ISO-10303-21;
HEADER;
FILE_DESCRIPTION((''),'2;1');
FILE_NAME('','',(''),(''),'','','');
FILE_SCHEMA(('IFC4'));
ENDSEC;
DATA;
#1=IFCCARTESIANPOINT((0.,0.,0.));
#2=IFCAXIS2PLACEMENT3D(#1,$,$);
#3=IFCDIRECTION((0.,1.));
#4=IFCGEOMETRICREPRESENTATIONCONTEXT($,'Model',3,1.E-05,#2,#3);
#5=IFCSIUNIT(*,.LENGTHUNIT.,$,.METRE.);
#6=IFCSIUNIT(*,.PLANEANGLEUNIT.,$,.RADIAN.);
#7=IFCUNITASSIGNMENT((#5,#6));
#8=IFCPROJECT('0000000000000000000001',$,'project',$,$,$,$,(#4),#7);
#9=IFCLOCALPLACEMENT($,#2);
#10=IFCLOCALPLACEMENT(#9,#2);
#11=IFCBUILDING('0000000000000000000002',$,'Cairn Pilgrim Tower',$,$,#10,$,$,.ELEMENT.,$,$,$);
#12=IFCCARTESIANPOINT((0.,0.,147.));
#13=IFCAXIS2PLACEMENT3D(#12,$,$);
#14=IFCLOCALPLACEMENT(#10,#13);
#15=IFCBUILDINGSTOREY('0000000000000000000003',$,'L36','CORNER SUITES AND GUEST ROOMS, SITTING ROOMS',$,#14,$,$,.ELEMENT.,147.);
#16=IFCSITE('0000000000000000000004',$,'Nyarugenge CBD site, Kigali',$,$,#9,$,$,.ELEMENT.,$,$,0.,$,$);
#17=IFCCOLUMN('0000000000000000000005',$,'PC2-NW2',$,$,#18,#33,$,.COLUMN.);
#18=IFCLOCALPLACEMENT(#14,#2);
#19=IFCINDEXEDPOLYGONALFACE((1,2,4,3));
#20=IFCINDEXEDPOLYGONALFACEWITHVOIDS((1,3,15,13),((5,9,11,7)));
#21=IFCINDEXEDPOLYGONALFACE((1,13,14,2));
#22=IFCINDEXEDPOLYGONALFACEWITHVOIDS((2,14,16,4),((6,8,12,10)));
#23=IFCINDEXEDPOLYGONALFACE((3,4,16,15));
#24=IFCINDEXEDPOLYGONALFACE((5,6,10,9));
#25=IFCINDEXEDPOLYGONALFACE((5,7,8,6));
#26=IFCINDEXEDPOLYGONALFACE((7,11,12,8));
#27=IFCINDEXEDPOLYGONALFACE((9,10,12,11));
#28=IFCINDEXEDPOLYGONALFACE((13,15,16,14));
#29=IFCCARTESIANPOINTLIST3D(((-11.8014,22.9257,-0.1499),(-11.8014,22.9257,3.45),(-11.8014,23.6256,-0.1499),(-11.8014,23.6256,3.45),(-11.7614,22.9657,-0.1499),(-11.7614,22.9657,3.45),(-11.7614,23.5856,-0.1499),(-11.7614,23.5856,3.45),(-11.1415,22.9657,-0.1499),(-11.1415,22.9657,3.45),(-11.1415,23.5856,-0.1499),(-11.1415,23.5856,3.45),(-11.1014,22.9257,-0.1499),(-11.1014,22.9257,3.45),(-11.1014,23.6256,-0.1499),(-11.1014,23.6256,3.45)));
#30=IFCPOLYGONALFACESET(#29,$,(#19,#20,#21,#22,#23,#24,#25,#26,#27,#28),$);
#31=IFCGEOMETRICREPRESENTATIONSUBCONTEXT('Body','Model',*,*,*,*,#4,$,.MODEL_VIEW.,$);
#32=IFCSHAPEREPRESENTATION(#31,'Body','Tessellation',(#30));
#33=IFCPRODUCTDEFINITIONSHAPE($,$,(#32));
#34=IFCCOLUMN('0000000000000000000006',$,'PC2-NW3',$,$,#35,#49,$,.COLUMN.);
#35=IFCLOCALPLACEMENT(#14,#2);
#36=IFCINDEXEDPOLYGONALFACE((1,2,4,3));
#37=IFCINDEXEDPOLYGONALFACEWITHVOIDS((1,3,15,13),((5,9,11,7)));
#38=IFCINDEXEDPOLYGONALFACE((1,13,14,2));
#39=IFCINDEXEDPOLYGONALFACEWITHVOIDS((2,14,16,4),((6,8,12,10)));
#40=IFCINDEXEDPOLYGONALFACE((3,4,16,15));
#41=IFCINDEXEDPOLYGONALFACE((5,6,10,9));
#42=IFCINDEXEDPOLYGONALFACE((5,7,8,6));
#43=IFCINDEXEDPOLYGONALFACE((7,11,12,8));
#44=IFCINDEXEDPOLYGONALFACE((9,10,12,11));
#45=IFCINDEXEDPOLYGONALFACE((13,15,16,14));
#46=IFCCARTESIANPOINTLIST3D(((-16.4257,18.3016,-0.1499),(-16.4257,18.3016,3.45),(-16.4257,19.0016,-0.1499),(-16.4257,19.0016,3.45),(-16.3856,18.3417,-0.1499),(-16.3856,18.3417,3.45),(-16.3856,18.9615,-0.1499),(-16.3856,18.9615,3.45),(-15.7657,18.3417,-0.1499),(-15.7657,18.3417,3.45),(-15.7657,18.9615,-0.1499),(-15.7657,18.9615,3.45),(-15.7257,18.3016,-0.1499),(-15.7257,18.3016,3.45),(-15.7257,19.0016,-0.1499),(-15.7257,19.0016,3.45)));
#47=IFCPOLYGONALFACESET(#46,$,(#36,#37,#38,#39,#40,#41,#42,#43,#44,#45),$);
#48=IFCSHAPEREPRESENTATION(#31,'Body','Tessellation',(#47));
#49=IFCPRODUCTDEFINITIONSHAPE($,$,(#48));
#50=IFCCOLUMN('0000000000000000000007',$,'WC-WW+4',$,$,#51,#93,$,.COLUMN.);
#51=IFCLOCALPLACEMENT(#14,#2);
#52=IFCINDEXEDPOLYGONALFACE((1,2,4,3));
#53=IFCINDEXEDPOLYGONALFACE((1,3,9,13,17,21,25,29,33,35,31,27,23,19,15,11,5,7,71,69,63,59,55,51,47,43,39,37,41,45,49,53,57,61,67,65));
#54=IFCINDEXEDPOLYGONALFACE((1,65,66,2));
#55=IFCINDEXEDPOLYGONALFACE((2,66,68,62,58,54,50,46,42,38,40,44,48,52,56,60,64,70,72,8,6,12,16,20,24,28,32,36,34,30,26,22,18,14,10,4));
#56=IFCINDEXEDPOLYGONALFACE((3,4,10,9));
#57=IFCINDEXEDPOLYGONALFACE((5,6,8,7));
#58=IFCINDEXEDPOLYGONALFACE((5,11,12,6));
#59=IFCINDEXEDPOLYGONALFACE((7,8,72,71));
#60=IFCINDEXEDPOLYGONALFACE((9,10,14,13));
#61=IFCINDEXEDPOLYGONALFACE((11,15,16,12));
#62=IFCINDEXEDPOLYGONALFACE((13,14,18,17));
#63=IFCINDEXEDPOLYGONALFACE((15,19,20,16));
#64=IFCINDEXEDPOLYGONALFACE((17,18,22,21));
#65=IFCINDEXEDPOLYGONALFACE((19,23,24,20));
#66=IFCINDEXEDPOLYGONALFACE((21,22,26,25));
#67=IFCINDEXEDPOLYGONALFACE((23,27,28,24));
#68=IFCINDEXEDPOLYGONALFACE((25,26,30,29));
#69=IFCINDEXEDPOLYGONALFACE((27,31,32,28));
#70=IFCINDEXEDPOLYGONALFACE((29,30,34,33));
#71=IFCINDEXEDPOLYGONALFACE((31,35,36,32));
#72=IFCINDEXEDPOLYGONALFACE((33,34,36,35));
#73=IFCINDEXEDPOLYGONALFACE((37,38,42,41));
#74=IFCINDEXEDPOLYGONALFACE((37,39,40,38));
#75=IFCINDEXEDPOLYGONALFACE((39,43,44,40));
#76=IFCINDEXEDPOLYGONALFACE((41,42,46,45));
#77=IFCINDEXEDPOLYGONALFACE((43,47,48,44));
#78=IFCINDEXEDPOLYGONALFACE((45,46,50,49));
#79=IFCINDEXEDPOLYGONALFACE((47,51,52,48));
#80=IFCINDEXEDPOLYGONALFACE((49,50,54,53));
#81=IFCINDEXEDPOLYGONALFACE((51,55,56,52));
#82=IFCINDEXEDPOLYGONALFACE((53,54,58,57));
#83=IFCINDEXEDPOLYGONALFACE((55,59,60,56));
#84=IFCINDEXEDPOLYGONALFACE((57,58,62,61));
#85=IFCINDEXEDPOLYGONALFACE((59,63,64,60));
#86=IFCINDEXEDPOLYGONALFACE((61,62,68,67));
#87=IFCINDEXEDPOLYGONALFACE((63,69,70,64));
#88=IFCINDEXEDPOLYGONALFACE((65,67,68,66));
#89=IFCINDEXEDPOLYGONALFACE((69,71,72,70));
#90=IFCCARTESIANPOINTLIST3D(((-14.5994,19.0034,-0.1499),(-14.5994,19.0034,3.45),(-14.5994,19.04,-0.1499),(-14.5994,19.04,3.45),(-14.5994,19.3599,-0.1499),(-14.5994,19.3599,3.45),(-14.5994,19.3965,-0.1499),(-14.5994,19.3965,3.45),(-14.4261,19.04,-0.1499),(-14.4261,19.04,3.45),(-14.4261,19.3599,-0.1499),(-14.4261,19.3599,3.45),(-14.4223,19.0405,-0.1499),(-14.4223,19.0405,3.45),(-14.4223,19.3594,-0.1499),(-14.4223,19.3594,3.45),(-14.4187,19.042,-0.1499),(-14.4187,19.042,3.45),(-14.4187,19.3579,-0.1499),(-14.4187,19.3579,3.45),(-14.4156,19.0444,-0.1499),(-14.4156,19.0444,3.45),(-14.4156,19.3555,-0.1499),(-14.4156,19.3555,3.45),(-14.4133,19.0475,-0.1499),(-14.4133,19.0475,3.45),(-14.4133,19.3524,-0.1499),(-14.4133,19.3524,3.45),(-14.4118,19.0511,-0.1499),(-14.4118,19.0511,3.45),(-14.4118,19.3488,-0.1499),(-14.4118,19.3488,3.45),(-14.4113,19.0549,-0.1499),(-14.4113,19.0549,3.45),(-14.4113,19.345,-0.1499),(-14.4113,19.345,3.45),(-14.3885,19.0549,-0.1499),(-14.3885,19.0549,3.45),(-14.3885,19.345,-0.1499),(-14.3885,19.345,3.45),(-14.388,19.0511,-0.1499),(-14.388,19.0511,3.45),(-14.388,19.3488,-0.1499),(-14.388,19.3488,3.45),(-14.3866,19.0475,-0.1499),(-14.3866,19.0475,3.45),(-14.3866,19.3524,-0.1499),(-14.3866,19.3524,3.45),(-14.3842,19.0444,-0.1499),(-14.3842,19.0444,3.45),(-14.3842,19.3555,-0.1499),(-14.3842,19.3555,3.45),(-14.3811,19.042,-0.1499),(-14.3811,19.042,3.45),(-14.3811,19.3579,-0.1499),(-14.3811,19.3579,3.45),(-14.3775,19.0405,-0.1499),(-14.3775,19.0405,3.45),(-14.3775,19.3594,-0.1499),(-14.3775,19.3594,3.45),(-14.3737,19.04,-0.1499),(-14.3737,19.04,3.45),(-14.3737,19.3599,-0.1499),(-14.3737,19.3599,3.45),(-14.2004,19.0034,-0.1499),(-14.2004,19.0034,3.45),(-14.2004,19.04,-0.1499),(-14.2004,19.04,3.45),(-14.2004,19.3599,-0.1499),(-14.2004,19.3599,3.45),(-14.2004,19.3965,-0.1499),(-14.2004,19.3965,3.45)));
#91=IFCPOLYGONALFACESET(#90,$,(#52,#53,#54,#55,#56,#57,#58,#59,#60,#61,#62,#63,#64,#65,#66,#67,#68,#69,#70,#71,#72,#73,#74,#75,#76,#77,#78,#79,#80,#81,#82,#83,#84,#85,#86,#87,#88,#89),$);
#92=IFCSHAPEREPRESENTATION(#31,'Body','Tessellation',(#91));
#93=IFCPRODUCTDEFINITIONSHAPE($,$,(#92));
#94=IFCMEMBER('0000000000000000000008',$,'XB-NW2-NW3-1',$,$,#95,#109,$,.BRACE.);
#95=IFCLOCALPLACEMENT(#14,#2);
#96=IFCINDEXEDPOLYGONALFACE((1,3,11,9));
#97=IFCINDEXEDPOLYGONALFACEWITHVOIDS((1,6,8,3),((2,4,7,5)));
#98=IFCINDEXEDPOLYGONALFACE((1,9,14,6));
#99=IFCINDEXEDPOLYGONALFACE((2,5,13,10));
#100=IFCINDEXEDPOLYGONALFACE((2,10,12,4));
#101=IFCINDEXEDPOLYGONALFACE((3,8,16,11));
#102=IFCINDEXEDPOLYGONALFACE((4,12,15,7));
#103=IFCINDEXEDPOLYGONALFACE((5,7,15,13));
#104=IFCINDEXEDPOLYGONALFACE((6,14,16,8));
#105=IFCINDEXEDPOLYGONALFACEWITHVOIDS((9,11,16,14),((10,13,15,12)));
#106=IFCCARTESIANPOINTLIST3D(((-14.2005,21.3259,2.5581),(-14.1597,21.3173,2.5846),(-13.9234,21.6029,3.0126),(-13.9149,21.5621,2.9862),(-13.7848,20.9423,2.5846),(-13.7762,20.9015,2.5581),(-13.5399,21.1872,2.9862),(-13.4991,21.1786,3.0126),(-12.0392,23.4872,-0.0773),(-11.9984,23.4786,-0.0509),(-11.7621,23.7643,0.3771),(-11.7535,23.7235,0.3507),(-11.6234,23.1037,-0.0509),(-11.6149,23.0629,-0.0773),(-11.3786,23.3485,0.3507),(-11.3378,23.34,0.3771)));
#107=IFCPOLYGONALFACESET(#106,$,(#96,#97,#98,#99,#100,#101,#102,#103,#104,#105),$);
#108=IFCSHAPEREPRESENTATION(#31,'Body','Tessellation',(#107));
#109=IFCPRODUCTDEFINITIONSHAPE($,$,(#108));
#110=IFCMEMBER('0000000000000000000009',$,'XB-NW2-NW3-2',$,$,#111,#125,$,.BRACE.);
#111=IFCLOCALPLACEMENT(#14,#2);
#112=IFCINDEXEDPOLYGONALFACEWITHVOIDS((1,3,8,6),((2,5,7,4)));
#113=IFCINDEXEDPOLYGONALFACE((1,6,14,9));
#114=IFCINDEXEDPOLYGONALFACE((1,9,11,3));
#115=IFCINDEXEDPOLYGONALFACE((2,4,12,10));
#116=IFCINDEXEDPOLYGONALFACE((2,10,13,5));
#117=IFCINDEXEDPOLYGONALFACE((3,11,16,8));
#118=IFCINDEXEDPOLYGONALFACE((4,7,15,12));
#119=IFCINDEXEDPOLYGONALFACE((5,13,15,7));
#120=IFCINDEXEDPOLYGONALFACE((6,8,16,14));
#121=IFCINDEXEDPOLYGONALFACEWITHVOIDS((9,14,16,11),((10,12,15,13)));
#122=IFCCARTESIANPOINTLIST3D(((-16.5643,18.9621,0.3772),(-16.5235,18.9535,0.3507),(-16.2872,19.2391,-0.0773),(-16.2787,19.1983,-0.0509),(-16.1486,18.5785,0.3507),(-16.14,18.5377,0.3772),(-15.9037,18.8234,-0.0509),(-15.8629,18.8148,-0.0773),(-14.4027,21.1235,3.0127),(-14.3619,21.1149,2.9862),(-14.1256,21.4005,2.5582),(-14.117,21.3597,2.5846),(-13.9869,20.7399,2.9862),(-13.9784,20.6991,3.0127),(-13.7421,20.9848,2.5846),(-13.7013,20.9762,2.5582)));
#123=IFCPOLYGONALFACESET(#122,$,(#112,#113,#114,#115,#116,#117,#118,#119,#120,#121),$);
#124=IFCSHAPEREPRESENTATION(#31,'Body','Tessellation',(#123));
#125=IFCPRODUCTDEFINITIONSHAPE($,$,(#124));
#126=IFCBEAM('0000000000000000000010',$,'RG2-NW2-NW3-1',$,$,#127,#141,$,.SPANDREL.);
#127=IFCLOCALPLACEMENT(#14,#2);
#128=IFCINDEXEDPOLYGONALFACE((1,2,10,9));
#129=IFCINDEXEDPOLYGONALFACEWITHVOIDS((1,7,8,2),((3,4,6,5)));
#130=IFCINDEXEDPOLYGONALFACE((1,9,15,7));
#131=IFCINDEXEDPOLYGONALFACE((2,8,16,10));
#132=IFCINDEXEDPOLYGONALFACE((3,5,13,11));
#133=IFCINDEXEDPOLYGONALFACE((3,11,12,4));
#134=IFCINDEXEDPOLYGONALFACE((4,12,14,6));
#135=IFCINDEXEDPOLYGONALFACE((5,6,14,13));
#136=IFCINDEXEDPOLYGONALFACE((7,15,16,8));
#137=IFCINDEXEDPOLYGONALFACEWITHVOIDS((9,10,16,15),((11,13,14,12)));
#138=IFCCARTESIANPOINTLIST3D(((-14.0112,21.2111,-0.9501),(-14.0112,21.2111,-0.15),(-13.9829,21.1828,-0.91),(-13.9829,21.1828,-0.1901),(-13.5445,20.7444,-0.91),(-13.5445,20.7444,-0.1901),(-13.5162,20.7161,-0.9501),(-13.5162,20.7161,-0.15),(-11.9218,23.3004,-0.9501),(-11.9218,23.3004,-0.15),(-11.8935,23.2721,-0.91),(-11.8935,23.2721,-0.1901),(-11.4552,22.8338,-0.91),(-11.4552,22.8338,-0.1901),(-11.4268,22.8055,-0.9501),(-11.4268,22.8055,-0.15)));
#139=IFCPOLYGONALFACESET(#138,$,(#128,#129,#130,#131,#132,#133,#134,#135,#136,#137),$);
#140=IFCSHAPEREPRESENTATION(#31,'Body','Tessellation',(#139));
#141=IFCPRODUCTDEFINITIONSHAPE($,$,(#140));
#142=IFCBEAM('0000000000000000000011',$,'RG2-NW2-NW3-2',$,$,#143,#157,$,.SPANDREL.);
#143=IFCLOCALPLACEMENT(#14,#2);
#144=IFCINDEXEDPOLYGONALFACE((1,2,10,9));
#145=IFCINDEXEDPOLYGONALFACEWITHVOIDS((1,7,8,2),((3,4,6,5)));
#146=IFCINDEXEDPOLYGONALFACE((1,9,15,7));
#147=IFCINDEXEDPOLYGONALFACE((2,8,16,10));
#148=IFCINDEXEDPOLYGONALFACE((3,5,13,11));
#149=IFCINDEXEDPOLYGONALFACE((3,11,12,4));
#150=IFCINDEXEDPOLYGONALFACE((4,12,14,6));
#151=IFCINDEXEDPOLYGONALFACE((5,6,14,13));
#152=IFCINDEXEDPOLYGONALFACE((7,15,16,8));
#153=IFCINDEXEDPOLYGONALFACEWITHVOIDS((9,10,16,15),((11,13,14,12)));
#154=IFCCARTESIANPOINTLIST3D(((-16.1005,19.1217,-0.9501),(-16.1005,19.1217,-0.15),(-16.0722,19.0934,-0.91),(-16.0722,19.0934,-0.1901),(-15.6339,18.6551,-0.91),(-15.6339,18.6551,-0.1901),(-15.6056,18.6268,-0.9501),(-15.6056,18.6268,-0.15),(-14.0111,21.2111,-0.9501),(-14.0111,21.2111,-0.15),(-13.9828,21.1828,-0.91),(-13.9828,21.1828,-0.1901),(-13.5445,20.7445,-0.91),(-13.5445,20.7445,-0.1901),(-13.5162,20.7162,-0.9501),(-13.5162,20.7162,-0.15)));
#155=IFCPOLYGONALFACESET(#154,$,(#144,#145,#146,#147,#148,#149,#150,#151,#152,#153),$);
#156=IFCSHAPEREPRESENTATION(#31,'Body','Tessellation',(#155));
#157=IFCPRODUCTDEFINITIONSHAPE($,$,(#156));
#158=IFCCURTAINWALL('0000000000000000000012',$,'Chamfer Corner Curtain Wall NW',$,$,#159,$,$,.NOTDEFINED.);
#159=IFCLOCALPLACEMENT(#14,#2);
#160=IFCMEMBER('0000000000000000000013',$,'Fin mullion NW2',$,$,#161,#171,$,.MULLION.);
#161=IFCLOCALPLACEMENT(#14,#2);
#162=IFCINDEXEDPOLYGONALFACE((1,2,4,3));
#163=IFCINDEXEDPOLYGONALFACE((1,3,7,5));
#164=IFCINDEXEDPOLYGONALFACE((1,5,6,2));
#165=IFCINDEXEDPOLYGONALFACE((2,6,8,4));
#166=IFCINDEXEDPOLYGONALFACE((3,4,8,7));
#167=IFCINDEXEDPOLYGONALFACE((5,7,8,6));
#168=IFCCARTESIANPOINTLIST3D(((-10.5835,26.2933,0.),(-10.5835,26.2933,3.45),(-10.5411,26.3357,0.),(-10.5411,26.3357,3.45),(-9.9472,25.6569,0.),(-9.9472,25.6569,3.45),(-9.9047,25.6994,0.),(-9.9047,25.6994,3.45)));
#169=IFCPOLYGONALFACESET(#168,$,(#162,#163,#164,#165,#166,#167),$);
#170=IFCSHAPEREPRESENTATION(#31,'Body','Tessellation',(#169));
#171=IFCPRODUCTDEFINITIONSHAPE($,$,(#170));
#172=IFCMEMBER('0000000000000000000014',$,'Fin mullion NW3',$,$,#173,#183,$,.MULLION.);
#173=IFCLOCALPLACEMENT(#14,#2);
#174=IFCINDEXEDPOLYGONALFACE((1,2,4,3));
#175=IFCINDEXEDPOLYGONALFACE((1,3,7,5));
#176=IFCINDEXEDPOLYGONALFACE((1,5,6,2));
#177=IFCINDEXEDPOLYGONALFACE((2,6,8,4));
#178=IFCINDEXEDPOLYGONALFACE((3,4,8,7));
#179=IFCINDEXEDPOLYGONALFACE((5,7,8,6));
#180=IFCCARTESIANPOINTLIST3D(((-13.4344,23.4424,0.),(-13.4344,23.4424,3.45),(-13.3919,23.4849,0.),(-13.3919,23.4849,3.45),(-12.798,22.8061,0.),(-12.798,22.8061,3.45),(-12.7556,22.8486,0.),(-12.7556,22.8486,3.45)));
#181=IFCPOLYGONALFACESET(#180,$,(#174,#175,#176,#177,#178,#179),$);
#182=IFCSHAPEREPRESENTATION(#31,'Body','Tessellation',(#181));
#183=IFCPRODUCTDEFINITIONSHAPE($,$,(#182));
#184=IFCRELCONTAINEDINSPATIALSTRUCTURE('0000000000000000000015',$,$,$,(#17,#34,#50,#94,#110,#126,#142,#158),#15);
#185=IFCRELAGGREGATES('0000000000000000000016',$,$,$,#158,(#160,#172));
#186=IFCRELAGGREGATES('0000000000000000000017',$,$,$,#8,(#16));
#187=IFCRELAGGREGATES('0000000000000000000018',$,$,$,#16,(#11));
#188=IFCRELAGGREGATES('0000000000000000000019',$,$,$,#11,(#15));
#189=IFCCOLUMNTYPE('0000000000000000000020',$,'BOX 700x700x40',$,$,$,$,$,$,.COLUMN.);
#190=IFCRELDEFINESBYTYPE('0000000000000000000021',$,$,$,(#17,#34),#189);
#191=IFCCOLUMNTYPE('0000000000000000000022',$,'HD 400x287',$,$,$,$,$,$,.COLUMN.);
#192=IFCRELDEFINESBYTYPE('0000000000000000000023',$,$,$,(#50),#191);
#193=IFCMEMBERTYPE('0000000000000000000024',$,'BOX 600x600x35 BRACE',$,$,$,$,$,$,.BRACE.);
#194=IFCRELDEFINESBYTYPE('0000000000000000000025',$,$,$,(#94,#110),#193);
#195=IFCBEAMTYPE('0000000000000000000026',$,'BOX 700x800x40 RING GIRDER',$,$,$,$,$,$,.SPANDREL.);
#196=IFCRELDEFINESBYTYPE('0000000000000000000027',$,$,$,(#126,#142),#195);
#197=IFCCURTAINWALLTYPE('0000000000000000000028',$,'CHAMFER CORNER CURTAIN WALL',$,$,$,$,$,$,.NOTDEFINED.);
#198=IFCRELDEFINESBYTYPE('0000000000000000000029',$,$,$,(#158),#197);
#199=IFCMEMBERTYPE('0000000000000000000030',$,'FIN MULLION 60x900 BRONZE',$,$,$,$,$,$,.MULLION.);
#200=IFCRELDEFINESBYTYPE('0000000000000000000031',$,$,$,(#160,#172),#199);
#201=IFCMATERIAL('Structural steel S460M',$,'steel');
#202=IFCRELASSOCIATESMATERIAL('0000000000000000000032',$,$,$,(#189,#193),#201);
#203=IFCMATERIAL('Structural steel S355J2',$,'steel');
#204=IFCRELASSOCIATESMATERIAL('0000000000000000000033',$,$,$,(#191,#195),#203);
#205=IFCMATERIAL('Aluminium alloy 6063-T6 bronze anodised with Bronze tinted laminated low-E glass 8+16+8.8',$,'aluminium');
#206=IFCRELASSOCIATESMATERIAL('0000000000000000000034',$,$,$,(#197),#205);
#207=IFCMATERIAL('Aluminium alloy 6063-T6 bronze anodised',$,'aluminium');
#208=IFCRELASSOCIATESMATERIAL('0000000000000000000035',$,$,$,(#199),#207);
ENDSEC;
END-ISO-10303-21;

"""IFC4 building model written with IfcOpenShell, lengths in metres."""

from ifc_helpers import new_model, si_unit, direction, frame, origin, origin_2d, place, context, subcontext, project, spatial, rectangle, hollow_rectangle, i_section, extrude, material, material_profile, profile_set, type_object, element, aggregate, save


model = new_model("IFC4")

# Units and contexts
model_context = context("Model", 3, precision=1e-05, world=origin(), true_north=direction((0.0, 1.0)))
body_context = subcontext(model_context, "Body", "Model", "MODEL_VIEW")
ifc_project = project(units=[si_unit("LENGTHUNIT", "METRE"), si_unit("PLANEANGLEUNIT", "RADIAN")], contexts=[model_context])

# Site, building, storey
site_placement = place(None, origin())
site = spatial("IfcSite", under=ifc_project, at=site_placement, Name="Nyarugenge CBD site, Kigali", CompositionType="ELEMENT", RefElevation=0.0)
building_placement = place(site_placement, origin())
building = spatial("IfcBuilding", under=site, at=building_placement, Name="Cairn Pilgrim Tower", CompositionType="ELEMENT")
storey_placement = place(building_placement, frame((0.0, 0.0, 147.0)))
storey = spatial("IfcBuildingStorey", under=building, at=storey_placement, Name="L36", Description="CORNER SUITES AND GUEST ROOMS, SITTING ROOMS", CompositionType="ELEMENT", Elevation=147.0)

# Columns
ifc_material_1 = material(Name="Structural steel S460M", Category="steel")
ifc_material_profile_1 = material_profile(ifc_material_1, hollow_rectangle(XDim=0.7, YDim=0.7, WallThickness=0.04, at=origin_2d()), Name="BOX 700x700x40")
ifc_profile_set_1 = profile_set([ifc_material_profile_1], Name="Structural steel S460M")
column_type_1 = type_object("IfcColumnType", Name="BOX 700x700x40", PredefinedType="COLUMN", material=ifc_profile_set_1)
for number, where, z_axis, x_axis, name in (
    (1, (-11.4514, 23.2756, -0.1499), (0.0, 0.0, 1.0), (1.0, 0.0, 0.0), "PC2-NW2"),
    (2, (-16.0757, 18.6516, -0.1499), (0.0, 0.0, 1.0), (1.0, 0.0, 0.0), "PC2-NW3"),
):
    element("IfcColumn", number, at=place(storey_placement, frame(where, z_axis=z_axis, x_axis=x_axis)), inside=storey, type_object=column_type_1, Name=name, PredefinedType="COLUMN", context=body_context, shape_type="SweptSolid", body=[
        extrude(hollow_rectangle(XDim=0.7, YDim=0.7, WallThickness=0.04, at=origin_2d()), origin(), (0.0, 0.0, 1.0), 3.5999),
    ])
ifc_material_2 = material(Name="Structural steel S355J2", Category="steel")
ifc_material_profile_2 = material_profile(ifc_material_2, i_section(OverallWidth=0.3989, OverallDepth=0.3931, WebThickness=0.0227, FlangeThickness=0.0366, FilletRadius=0.0149, at=origin_2d()), Name="HD 400x287")
ifc_profile_set_2 = profile_set([ifc_material_profile_2], Name="Structural steel S355J2")
column_type_2 = type_object("IfcColumnType", Name="HD 400x287", PredefinedType="COLUMN", material=ifc_profile_set_2)
column_placement = place(storey_placement, frame((-14.3999, 19.2, -0.1499), z_axis=(0.0, 0.0, 1.0), x_axis=(1.0, 0.0, 0.0)))
element("IfcColumn", 3, at=column_placement, inside=storey, type_object=column_type_2, Name="WC-WW+4", PredefinedType="COLUMN", context=body_context, shape_type="SweptSolid", body=[
    extrude(i_section(OverallWidth=0.3989, OverallDepth=0.3931, WebThickness=0.0227, FlangeThickness=0.0366, FilletRadius=0.0149, at=origin_2d()), origin(), (0.0, 0.0, 1.0), 3.5999),
])

# Members
ifc_material_profile_3 = material_profile(ifc_material_1, hollow_rectangle(XDim=0.6001, YDim=0.6001, WallThickness=0.0349, at=origin_2d()), Name="BOX 600x600x35")
ifc_profile_set_3 = profile_set([ifc_material_profile_3], Name="Structural steel S460M")
member_type_1 = type_object("IfcMemberType", Name="BOX 600x600x35 BRACE", PredefinedType="BRACE", material=ifc_profile_set_3)
member_1_placement = place(storey_placement, frame((-11.6885, 23.4136, 0.1499), z_axis=(-0.53553, -0.53553, 0.653004), x_axis=(0.707107, -0.707107, 0.0)))
element("IfcMember", 4, at=member_1_placement, inside=storey, type_object=member_type_1, Name="XB-NW2-NW3-1", PredefinedType="BRACE", context=body_context, shape_type="SweptSolid", body=[
    extrude(hollow_rectangle(XDim=0.6001, YDim=0.6001, WallThickness=0.0349, at=origin_2d()), origin(), (0.0, 0.0, 1.0), 4.0359),
])
member_2_placement = place(storey_placement, frame((-16.2136, 18.8884, 0.1499), z_axis=(0.535573, 0.535513, 0.652983), x_axis=(-0.707067, 0.707147, 0.0)))
element("IfcMember", 5, at=member_2_placement, inside=storey, type_object=member_type_1, Name="XB-NW2-NW3-2", PredefinedType="BRACE", context=body_context, shape_type="SweptSolid", body=[
    extrude(hollow_rectangle(XDim=0.6001, YDim=0.6001, WallThickness=0.0349, at=origin_2d()), origin(), (0.0, 0.0, 1.0), 4.0361),
])

# Beams
ifc_material_profile_4 = material_profile(ifc_material_2, hollow_rectangle(XDim=0.7, YDim=0.8, WallThickness=0.04, at=origin_2d()), Name="BOX 700x800x40")
ifc_profile_set_4 = profile_set([ifc_material_profile_4], Name="Structural steel S355J2")
beam_type_1 = type_object("IfcBeamType", Name="BOX 700x800x40 RING GIRDER", PredefinedType="SPANDREL", material=ifc_profile_set_4)
for number, where, z_axis, x_axis, name in (
    (6, (-11.6743, 23.053, -0.55), (-0.707107, -0.707107, 0.0), (0.707107, -0.707107, 0.0), "RG2-NW2-NW3-1"),
    (7, (-13.7637, 20.9636, -0.55), (-0.707107, -0.707107, 0.0), (0.707107, -0.707107, 0.0), "RG2-NW2-NW3-2"),
):
    element("IfcBeam", number, at=place(storey_placement, frame(where, z_axis=z_axis, x_axis=x_axis)), inside=storey, type_object=beam_type_1, Name=name, PredefinedType="SPANDREL", context=body_context, shape_type="SweptSolid", body=[
        extrude(hollow_rectangle(XDim=0.7, YDim=0.8, WallThickness=0.04, at=origin_2d()), origin(), (0.0, 0.0, 1.0), 2.9548),
    ])

# Curtain wall, members
ifc_material_3 = material(Name="Aluminium alloy 6063-T6 bronze anodised with Bronze tinted laminated low-E glass 8+16+8.8", Category="aluminium")
curtain_wall_type_1 = type_object("IfcCurtainWallType", Name="CHAMFER CORNER CURTAIN WALL", PredefinedType="NOTDEFINED", material=ifc_material_3)
curtain_wall_1_placement = place(storey_placement, origin())
curtain_wall_1 = element("IfcCurtainWall", 8, at=curtain_wall_1_placement, inside=storey, type_object=curtain_wall_type_1, Name="Chamfer Corner Curtain Wall NW", PredefinedType="NOTDEFINED")
ifc_material_4 = material(Name="Aluminium alloy 6063-T6 bronze anodised", Category="aluminium")
ifc_material_profile_5 = material_profile(ifc_material_4, rectangle(XDim=0.8999, YDim=0.0601, at=origin_2d()), Name="FIN MULLION 60x900 BRONZE")
ifc_profile_set_5 = profile_set([ifc_material_profile_5], Name="Aluminium alloy 6063-T6 bronze anodised")
member_type_2 = type_object("IfcMemberType", Name="FIN MULLION 60x900 BRONZE", PredefinedType="MULLION", material=ifc_profile_set_5)
member_3_placement = place(storey_placement, frame((-10.2441, 25.9963, 0.0), z_axis=(0.0, 0.0, 1.0), x_axis=(-0.707107, 0.707107, 0.0)))
member_3 = element("IfcMember", 9, at=member_3_placement, type_object=member_type_2, Name="Fin mullion NW2", PredefinedType="MULLION", context=body_context, shape_type="SweptSolid", body=[
    extrude(rectangle(XDim=0.8999, YDim=0.0601, at=origin_2d()), origin(), (0.0, 0.0, 1.0), 3.45),
])
member_4_placement = place(storey_placement, frame((-13.095, 23.1455, 0.0), z_axis=(0.0, 0.0, 1.0), x_axis=(-0.707107, 0.707107, 0.0)))
member_4 = element("IfcMember", 10, at=member_4_placement, type_object=member_type_2, Name="Fin mullion NW3", PredefinedType="MULLION", context=body_context, shape_type="SweptSolid", body=[
    extrude(rectangle(XDim=0.8999, YDim=0.0601, at=origin_2d()), origin(), (0.0, 0.0, 1.0), 3.45),
])

aggregate(curtain_wall_1, [member_3, member_4])

save(model, "model.ifc")
